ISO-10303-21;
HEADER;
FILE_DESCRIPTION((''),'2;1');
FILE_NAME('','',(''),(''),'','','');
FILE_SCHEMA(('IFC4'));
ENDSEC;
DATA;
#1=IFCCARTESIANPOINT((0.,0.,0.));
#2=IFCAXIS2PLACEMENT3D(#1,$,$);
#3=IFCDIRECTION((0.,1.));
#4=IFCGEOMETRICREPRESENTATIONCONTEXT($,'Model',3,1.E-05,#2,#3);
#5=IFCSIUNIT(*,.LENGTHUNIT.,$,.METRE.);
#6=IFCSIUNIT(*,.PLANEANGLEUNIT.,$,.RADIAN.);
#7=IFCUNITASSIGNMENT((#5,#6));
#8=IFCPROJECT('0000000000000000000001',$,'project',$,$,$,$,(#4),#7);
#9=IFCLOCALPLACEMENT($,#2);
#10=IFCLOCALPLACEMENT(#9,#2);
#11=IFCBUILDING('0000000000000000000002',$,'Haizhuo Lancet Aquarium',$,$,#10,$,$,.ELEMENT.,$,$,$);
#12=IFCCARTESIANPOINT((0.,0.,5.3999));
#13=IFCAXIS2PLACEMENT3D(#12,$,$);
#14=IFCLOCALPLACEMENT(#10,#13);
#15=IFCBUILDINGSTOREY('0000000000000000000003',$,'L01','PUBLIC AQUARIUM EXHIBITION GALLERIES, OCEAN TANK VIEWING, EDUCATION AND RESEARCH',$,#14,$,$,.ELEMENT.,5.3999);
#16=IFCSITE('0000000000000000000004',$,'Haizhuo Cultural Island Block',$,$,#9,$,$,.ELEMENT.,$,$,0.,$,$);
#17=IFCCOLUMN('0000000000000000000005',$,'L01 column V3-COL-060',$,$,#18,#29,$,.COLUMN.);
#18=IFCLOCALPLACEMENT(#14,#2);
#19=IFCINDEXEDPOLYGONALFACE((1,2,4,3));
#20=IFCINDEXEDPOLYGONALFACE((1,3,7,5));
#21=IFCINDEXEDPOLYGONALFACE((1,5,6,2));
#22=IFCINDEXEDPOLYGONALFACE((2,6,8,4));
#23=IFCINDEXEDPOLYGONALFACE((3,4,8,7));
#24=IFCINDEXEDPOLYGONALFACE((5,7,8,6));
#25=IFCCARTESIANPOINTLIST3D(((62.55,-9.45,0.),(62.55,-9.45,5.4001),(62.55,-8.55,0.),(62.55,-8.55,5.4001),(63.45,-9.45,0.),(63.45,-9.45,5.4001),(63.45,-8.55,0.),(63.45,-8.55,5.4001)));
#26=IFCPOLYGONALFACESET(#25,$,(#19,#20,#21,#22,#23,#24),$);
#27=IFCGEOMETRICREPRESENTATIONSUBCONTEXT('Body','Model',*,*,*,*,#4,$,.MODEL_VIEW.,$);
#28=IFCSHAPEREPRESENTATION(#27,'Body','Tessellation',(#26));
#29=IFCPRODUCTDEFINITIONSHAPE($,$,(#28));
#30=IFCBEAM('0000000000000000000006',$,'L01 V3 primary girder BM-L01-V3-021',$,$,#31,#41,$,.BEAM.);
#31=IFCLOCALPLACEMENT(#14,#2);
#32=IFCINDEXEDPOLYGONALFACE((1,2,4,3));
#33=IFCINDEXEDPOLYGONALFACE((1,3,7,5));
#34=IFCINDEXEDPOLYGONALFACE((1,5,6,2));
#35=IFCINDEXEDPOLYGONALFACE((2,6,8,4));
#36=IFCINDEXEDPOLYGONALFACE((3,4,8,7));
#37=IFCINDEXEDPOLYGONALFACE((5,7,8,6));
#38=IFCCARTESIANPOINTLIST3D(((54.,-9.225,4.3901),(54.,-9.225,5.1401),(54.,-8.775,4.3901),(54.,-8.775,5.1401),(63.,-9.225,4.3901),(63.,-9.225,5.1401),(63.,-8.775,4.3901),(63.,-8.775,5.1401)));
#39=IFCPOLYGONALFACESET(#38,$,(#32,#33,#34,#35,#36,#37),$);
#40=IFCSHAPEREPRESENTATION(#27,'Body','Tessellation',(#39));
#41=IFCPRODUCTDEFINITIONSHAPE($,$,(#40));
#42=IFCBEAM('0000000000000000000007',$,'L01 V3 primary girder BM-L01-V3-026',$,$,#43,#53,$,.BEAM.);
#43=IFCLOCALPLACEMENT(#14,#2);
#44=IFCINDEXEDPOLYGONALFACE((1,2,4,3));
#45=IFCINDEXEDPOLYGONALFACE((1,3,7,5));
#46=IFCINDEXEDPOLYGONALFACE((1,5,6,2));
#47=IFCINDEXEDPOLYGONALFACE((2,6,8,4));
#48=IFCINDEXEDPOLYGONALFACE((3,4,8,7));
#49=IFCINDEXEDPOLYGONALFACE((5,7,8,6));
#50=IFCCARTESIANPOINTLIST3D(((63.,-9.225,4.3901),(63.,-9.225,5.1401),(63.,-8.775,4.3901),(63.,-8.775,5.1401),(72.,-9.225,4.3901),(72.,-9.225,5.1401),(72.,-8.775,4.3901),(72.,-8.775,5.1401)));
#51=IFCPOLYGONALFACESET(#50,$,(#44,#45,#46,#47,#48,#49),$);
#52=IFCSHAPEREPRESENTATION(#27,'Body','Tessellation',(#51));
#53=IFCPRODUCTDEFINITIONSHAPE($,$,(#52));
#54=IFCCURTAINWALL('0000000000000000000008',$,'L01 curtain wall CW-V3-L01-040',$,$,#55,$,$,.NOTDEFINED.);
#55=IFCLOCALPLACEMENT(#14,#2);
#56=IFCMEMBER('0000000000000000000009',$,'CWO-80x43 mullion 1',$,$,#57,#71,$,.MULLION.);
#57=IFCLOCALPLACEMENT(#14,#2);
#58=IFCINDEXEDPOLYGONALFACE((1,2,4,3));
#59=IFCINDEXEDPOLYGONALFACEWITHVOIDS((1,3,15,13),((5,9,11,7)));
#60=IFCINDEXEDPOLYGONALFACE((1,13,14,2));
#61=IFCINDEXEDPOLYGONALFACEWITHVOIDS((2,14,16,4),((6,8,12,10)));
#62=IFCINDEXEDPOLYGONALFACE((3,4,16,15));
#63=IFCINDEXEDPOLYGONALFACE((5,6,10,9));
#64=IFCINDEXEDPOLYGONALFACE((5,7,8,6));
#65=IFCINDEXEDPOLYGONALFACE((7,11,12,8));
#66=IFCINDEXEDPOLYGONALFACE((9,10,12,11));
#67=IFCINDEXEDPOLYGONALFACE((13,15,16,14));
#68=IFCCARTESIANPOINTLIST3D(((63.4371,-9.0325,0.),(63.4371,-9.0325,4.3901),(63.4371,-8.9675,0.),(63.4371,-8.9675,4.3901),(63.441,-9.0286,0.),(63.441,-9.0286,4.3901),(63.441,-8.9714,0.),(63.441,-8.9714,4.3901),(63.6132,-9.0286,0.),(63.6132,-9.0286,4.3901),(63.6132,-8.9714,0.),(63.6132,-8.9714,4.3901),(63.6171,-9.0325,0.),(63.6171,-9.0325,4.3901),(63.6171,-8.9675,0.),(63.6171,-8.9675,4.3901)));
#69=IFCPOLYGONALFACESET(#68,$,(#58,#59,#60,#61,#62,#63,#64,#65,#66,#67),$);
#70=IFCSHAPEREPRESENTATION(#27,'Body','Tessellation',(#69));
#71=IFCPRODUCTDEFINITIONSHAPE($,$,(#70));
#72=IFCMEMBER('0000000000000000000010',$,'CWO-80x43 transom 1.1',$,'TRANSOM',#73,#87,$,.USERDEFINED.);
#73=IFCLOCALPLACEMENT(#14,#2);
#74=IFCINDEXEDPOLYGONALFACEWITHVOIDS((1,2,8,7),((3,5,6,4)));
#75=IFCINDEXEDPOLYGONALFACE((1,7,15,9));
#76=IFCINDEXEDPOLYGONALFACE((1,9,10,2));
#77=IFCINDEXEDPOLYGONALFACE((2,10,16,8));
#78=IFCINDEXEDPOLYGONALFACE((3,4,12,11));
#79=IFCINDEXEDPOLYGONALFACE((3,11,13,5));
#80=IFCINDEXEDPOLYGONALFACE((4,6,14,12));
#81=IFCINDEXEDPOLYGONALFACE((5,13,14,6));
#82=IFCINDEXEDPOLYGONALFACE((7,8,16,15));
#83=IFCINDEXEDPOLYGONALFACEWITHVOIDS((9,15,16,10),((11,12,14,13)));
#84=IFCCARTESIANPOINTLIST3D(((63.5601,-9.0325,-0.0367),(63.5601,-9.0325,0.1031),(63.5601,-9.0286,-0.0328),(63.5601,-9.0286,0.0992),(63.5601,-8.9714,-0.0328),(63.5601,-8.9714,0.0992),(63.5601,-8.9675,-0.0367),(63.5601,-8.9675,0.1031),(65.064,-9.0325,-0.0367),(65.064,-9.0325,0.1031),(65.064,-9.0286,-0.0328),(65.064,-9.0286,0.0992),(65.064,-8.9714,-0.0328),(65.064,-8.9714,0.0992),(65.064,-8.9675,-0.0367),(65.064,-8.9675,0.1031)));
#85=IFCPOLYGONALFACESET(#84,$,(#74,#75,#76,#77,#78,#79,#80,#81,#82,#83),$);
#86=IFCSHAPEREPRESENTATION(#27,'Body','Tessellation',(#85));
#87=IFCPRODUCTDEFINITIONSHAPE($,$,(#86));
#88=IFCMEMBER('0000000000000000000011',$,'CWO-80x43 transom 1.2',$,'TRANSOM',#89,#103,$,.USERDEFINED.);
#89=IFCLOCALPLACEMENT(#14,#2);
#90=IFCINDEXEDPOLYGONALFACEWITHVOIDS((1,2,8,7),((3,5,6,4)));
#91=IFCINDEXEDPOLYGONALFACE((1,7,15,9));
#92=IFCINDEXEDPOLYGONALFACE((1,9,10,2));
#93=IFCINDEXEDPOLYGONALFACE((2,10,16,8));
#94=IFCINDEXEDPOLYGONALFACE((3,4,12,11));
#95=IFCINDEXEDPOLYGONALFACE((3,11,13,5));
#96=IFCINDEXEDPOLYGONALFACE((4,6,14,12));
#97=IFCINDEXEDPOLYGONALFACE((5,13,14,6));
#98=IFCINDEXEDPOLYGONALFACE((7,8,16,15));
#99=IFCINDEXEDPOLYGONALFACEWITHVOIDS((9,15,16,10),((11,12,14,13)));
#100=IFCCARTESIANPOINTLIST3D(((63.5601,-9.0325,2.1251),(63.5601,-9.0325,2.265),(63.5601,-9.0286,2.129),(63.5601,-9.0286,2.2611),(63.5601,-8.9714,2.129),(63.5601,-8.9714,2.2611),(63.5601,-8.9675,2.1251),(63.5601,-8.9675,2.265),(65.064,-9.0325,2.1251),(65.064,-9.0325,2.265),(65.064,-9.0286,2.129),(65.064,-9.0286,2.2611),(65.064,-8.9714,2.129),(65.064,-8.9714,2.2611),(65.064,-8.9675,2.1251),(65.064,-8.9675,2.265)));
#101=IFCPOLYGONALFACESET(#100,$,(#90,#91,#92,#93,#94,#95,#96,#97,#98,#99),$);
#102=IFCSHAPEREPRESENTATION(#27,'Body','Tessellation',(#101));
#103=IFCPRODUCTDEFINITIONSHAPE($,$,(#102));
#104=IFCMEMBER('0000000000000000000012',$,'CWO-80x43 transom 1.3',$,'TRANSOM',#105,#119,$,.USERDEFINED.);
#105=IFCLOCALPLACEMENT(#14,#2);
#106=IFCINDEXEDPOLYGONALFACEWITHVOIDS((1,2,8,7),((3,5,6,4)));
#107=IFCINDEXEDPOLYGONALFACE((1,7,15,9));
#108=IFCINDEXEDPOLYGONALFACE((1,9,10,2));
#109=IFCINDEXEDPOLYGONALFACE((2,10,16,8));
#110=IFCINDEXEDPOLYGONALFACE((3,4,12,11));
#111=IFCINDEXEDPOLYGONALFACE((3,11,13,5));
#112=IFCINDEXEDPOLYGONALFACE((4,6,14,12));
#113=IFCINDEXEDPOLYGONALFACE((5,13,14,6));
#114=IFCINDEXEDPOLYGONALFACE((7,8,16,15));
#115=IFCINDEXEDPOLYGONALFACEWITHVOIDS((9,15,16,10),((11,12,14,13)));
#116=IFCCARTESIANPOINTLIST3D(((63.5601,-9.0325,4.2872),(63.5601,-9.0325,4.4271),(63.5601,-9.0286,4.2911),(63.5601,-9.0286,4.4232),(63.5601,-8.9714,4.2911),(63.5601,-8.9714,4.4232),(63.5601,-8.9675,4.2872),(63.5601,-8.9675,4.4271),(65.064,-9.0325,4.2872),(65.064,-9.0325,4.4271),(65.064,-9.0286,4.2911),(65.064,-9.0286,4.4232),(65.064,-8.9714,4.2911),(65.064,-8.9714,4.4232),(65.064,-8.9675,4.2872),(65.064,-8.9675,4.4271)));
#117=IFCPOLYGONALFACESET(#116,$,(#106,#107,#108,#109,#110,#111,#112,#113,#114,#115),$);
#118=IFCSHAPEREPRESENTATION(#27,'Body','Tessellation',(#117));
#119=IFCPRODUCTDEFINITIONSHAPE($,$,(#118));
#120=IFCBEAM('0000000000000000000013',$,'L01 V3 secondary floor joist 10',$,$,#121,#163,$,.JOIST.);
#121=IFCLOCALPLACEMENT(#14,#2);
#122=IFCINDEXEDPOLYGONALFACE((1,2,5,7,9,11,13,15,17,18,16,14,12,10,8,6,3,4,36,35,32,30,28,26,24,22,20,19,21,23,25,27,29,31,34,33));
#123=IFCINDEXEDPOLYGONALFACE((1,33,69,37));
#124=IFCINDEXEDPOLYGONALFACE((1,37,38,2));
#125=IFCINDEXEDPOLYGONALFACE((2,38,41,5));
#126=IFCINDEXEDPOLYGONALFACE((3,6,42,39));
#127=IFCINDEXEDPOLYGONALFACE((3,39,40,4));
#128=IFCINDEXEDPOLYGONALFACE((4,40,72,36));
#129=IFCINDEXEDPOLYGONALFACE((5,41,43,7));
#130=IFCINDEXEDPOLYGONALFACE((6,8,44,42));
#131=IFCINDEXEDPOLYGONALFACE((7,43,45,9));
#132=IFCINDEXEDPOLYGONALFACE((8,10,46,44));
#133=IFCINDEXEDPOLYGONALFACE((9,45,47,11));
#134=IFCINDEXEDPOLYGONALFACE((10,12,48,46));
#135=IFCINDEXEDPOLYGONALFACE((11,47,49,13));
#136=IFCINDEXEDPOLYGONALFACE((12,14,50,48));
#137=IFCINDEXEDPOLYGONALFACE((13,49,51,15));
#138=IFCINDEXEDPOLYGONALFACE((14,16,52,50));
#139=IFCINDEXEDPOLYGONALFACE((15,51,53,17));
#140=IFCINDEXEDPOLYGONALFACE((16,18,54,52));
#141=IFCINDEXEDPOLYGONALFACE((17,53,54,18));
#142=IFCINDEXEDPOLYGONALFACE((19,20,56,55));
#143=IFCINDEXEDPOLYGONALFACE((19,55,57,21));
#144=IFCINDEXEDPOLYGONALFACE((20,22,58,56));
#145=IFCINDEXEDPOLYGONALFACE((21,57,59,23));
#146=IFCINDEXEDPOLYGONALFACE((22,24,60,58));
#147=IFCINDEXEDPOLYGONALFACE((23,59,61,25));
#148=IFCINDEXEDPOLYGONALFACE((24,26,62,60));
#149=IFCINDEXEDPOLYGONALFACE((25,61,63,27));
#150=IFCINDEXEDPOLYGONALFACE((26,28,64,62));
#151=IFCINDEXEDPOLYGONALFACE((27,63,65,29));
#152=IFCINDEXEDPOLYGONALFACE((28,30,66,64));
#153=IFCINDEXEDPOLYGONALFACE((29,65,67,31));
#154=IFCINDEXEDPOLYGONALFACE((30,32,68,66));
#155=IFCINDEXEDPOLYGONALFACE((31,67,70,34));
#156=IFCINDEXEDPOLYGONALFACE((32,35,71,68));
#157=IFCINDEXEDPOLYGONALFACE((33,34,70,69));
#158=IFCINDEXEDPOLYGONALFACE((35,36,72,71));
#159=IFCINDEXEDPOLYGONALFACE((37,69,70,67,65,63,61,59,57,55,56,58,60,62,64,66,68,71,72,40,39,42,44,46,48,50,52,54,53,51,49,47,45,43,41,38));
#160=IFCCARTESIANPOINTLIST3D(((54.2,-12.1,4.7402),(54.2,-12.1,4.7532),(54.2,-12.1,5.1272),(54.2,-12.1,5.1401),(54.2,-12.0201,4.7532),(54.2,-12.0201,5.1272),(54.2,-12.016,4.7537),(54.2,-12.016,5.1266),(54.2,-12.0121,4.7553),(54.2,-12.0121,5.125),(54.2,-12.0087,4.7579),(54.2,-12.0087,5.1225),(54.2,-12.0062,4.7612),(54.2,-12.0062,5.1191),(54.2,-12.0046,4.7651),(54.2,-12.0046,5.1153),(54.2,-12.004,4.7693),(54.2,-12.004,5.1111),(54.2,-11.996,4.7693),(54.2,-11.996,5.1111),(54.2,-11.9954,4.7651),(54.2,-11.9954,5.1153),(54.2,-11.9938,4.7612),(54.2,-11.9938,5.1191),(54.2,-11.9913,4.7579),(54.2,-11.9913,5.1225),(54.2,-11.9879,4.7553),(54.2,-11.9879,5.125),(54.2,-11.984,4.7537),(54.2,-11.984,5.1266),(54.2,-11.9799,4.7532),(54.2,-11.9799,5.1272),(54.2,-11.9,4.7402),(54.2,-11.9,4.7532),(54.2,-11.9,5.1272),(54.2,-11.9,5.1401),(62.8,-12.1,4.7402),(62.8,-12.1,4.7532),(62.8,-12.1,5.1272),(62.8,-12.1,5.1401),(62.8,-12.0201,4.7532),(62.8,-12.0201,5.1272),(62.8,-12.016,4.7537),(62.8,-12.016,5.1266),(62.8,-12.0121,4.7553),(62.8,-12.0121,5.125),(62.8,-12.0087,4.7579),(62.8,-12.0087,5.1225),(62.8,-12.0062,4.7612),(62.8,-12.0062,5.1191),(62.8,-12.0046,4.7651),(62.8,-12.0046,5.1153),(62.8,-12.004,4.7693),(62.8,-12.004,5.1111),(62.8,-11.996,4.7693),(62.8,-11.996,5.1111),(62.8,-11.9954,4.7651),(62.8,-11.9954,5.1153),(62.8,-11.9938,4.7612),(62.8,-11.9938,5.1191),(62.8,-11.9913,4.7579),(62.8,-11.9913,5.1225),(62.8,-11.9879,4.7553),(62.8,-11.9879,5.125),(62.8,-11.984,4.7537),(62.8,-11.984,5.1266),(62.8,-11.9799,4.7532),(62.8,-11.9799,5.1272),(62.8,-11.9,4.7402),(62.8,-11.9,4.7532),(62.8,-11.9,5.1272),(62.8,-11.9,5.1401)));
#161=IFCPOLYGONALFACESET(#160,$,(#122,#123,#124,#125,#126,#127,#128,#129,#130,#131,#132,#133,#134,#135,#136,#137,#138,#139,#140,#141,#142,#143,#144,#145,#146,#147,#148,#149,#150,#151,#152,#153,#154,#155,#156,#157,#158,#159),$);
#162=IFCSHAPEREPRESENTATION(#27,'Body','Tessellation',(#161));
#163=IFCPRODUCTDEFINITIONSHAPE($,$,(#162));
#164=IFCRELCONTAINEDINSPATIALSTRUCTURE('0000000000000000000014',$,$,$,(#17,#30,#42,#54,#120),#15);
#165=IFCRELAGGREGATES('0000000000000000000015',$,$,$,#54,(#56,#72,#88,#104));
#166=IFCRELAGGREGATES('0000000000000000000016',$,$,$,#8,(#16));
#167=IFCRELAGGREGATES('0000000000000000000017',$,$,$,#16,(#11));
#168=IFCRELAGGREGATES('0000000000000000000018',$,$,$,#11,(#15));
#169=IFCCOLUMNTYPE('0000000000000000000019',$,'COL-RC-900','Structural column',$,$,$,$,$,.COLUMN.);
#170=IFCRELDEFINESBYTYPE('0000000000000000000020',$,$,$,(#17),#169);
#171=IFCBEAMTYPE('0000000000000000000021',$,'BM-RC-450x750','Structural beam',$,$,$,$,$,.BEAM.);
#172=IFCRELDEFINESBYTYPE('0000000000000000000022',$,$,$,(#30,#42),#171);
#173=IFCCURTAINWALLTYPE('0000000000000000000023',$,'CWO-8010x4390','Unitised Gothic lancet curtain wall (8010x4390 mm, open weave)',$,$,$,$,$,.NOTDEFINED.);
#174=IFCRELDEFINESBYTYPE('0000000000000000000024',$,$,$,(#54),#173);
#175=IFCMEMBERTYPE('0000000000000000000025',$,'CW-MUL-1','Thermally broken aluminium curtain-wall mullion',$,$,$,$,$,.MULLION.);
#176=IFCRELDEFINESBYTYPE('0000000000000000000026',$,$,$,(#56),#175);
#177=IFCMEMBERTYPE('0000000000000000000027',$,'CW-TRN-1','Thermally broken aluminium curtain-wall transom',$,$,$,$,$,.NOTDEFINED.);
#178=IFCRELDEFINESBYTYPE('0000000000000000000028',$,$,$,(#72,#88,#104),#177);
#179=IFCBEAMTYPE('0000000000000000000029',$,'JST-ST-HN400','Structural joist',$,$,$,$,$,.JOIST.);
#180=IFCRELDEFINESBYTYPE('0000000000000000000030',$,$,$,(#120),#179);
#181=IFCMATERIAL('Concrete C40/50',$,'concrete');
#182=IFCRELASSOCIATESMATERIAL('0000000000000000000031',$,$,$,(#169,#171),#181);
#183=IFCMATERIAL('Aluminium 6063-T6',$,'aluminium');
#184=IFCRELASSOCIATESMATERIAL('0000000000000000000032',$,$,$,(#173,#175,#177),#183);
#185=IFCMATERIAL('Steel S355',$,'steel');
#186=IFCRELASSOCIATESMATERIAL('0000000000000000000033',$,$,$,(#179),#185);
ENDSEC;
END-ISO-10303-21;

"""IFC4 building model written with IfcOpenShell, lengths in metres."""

from ifc_helpers import new_model, si_unit, direction, frame, origin, origin_2d, place, context, subcontext, project, spatial, rectangle, hollow_rectangle, i_section, extrude, material, material_profile, profile_set, type_object, element, aggregate, save


model = new_model("IFC4")

# Units and contexts
model_context = context("Model", 3, precision=1e-05, world=origin(), true_north=direction((0.0, 1.0)))
body_context = subcontext(model_context, "Body", "Model", "MODEL_VIEW")
ifc_project = project(units=[si_unit("LENGTHUNIT", "METRE"), si_unit("PLANEANGLEUNIT", "RADIAN")], contexts=[model_context])

# Site, building, storey
site_placement = place(None, origin())
site = spatial("IfcSite", under=ifc_project, at=site_placement, Name="Haizhuo Cultural Island Block", CompositionType="ELEMENT", RefElevation=0.0)
building_placement = place(site_placement, origin())
building = spatial("IfcBuilding", under=site, at=building_placement, Name="Haizhuo Lancet Aquarium", CompositionType="ELEMENT")
storey_placement = place(building_placement, frame((0.0, 0.0, 5.3999)))
storey = spatial("IfcBuildingStorey", under=building, at=storey_placement, Name="L01", Description="PUBLIC AQUARIUM EXHIBITION GALLERIES, OCEAN TANK VIEWING, EDUCATION AND RESEARCH", CompositionType="ELEMENT", Elevation=5.3999)

# Column
ifc_material_1 = material(Name="Concrete C40/50", Category="concrete")
ifc_material_profile_1 = material_profile(ifc_material_1, rectangle(XDim=0.8999, YDim=0.8999, at=origin_2d()), Name="RC-COL 900x900")
ifc_profile_set_1 = profile_set([ifc_material_profile_1], Name="Concrete C40/50")
column_type = type_object("IfcColumnType", Name="COL-RC-900", Description="Structural column", PredefinedType="COLUMN", material=ifc_profile_set_1)
column_placement = place(storey_placement, frame((63.0, -9.0, 0.0), z_axis=(0.0, 0.0, 1.0), x_axis=(1.0, 0.0, 0.0)))
element("IfcColumn", 1, at=column_placement, inside=storey, type_object=column_type, Name="L01 column V3-COL-060", PredefinedType="COLUMN", context=body_context, shape_type="SweptSolid", body=[
    extrude(rectangle(XDim=0.8999, YDim=0.8999, at=origin_2d()), origin(), (0.0, 0.0, 1.0), 5.4001),
])

# Beams
ifc_material_profile_2 = material_profile(ifc_material_1, rectangle(XDim=0.45, YDim=0.75, at=origin_2d()), Name="RC-BM 450x750")
ifc_profile_set_2 = profile_set([ifc_material_profile_2], Name="Concrete C40/50")
beam_type_1 = type_object("IfcBeamType", Name="BM-RC-450x750", Description="Structural beam", PredefinedType="BEAM", material=ifc_profile_set_2)
for number, where, z_axis, x_axis, name in (
    (2, (54.0, -9.0, 4.7651), (1.0, 0.0, 0.0), (0.0, 1.0, 0.0), "L01 V3 primary girder BM-L01-V3-021"),
    (3, (63.0, -9.0, 4.7651), (1.0, 0.0, 0.0), (0.0, 1.0, 0.0), "L01 V3 primary girder BM-L01-V3-026"),
):
    element("IfcBeam", number, at=place(storey_placement, frame(where, z_axis=z_axis, x_axis=x_axis)), inside=storey, type_object=beam_type_1, Name=name, PredefinedType="BEAM", context=body_context, shape_type="SweptSolid", body=[
        extrude(rectangle(XDim=0.45, YDim=0.75, at=origin_2d()), origin(), (0.0, 0.0, 1.0), 9.0),
    ])

# Curtain wall, members
ifc_material_2 = material(Name="Aluminium 6063-T6", Category="aluminium")
curtain_wall_type = type_object("IfcCurtainWallType", Name="CWO-8010x4390", Description="Unitised Gothic lancet curtain wall (8010x4390 mm, open weave)", PredefinedType="NOTDEFINED", material=ifc_material_2)
curtain_wall_placement = place(storey_placement, origin())
curtain_wall = element("IfcCurtainWall", 4, at=curtain_wall_placement, inside=storey, type_object=curtain_wall_type, Name="L01 curtain wall CW-V3-L01-040", PredefinedType="NOTDEFINED")
ifc_material_profile_3 = material_profile(ifc_material_2, hollow_rectangle(XDim=0.0649, YDim=0.1799, WallThickness=0.0039, at=origin_2d()), Name="ALU-M 65x180x4")
ifc_profile_set_3 = profile_set([ifc_material_profile_3], Name="Aluminium 6063-T6")
member_type_1 = type_object("IfcMemberType", Name="CW-MUL-1", Description="Thermally broken aluminium curtain-wall mullion", PredefinedType="MULLION", material=ifc_profile_set_3)
member_1_placement = place(storey_placement, frame((63.5271, -9.0, 0.0), z_axis=(0.0, 0.0, 1.0), x_axis=(0.0, 1.0, 0.0)))
member_1 = element("IfcMember", 5, at=member_1_placement, type_object=member_type_1, Name="CWO-80x43 mullion 1", PredefinedType="MULLION", context=body_context, shape_type="SweptSolid", body=[
    extrude(hollow_rectangle(XDim=0.0649, YDim=0.1799, WallThickness=0.0039, at=origin_2d()), origin(), (0.0, 0.0, 1.0), 4.3901),
])
ifc_material_profile_4 = material_profile(ifc_material_2, hollow_rectangle(XDim=0.0649, YDim=0.1399, WallThickness=0.0039, at=origin_2d()), Name="ALU-T 65x140x4")
ifc_profile_set_4 = profile_set([ifc_material_profile_4], Name="Aluminium 6063-T6")
member_type_2 = type_object("IfcMemberType", Name="CW-TRN-1", Description="Thermally broken aluminium curtain-wall transom", PredefinedType="NOTDEFINED", material=ifc_profile_set_4)
member_2_placement = place(storey_placement, frame((63.5601, -9.0, 0.0332), z_axis=(1.0, 0.0, 0.0), x_axis=(0.0, 1.0, 0.0)))
member_2 = element("IfcMember", 6, at=member_2_placement, type_object=member_type_2, Name="CWO-80x43 transom 1.1", ObjectType="TRANSOM", PredefinedType="USERDEFINED", context=body_context, shape_type="SweptSolid", body=[
    extrude(hollow_rectangle(XDim=0.0649, YDim=0.1399, WallThickness=0.0039, at=origin_2d()), origin(), (0.0, 0.0, 1.0), 1.5039),
])
member_3_placement = place(storey_placement, frame((63.5601, -9.0, 2.1951), z_axis=(1.0, 0.0, 0.0), x_axis=(0.0, 1.0, 0.0)))
member_3 = element("IfcMember", 7, at=member_3_placement, type_object=member_type_2, Name="CWO-80x43 transom 1.2", ObjectType="TRANSOM", PredefinedType="USERDEFINED", context=body_context, shape_type="SweptSolid", body=[
    extrude(hollow_rectangle(XDim=0.0649, YDim=0.1399, WallThickness=0.0039, at=origin_2d()), origin(), (0.0, 0.0, 1.0), 1.5039),
])
member_4_placement = place(storey_placement, frame((63.5601, -9.0, 4.3572), z_axis=(1.0, 0.0, 0.0), x_axis=(0.0, 1.0, 0.0)))
member_4 = element("IfcMember", 8, at=member_4_placement, type_object=member_type_2, Name="CWO-80x43 transom 1.3", ObjectType="TRANSOM", PredefinedType="USERDEFINED", context=body_context, shape_type="SweptSolid", body=[
    extrude(hollow_rectangle(XDim=0.0649, YDim=0.1399, WallThickness=0.0039, at=origin_2d()), origin(), (0.0, 0.0, 1.0), 1.5039),
])

# Beam
ifc_material_3 = material(Name="Steel S355", Category="steel")
ifc_material_profile_5 = material_profile(ifc_material_3, i_section(OverallWidth=0.2, OverallDepth=0.3999, WebThickness=0.0081, FlangeThickness=0.0129, FilletRadius=0.0161, at=origin_2d()), Name="HN 400x200x8x13")
ifc_profile_set_5 = profile_set([ifc_material_profile_5], Name="Steel S355")
beam_type_2 = type_object("IfcBeamType", Name="JST-ST-HN400", Description="Structural joist", PredefinedType="JOIST", material=ifc_profile_set_5)
beam_1_placement = place(storey_placement, frame((54.2, -12.0, 4.9402), z_axis=(1.0, 0.0, 0.0), x_axis=(0.0, 1.0, 0.0)))
element("IfcBeam", 9, at=beam_1_placement, inside=storey, type_object=beam_type_2, Name="L01 V3 secondary floor joist 10", PredefinedType="JOIST", context=body_context, shape_type="SweptSolid", body=[
    extrude(i_section(OverallWidth=0.2, OverallDepth=0.3999, WebThickness=0.0081, FlangeThickness=0.0129, FilletRadius=0.0161, at=origin_2d()), origin(), (0.0, 0.0, 1.0), 8.6001),
])

aggregate(curtain_wall, [member_1, member_2, member_3, member_4])

save(model, "model.ifc")
